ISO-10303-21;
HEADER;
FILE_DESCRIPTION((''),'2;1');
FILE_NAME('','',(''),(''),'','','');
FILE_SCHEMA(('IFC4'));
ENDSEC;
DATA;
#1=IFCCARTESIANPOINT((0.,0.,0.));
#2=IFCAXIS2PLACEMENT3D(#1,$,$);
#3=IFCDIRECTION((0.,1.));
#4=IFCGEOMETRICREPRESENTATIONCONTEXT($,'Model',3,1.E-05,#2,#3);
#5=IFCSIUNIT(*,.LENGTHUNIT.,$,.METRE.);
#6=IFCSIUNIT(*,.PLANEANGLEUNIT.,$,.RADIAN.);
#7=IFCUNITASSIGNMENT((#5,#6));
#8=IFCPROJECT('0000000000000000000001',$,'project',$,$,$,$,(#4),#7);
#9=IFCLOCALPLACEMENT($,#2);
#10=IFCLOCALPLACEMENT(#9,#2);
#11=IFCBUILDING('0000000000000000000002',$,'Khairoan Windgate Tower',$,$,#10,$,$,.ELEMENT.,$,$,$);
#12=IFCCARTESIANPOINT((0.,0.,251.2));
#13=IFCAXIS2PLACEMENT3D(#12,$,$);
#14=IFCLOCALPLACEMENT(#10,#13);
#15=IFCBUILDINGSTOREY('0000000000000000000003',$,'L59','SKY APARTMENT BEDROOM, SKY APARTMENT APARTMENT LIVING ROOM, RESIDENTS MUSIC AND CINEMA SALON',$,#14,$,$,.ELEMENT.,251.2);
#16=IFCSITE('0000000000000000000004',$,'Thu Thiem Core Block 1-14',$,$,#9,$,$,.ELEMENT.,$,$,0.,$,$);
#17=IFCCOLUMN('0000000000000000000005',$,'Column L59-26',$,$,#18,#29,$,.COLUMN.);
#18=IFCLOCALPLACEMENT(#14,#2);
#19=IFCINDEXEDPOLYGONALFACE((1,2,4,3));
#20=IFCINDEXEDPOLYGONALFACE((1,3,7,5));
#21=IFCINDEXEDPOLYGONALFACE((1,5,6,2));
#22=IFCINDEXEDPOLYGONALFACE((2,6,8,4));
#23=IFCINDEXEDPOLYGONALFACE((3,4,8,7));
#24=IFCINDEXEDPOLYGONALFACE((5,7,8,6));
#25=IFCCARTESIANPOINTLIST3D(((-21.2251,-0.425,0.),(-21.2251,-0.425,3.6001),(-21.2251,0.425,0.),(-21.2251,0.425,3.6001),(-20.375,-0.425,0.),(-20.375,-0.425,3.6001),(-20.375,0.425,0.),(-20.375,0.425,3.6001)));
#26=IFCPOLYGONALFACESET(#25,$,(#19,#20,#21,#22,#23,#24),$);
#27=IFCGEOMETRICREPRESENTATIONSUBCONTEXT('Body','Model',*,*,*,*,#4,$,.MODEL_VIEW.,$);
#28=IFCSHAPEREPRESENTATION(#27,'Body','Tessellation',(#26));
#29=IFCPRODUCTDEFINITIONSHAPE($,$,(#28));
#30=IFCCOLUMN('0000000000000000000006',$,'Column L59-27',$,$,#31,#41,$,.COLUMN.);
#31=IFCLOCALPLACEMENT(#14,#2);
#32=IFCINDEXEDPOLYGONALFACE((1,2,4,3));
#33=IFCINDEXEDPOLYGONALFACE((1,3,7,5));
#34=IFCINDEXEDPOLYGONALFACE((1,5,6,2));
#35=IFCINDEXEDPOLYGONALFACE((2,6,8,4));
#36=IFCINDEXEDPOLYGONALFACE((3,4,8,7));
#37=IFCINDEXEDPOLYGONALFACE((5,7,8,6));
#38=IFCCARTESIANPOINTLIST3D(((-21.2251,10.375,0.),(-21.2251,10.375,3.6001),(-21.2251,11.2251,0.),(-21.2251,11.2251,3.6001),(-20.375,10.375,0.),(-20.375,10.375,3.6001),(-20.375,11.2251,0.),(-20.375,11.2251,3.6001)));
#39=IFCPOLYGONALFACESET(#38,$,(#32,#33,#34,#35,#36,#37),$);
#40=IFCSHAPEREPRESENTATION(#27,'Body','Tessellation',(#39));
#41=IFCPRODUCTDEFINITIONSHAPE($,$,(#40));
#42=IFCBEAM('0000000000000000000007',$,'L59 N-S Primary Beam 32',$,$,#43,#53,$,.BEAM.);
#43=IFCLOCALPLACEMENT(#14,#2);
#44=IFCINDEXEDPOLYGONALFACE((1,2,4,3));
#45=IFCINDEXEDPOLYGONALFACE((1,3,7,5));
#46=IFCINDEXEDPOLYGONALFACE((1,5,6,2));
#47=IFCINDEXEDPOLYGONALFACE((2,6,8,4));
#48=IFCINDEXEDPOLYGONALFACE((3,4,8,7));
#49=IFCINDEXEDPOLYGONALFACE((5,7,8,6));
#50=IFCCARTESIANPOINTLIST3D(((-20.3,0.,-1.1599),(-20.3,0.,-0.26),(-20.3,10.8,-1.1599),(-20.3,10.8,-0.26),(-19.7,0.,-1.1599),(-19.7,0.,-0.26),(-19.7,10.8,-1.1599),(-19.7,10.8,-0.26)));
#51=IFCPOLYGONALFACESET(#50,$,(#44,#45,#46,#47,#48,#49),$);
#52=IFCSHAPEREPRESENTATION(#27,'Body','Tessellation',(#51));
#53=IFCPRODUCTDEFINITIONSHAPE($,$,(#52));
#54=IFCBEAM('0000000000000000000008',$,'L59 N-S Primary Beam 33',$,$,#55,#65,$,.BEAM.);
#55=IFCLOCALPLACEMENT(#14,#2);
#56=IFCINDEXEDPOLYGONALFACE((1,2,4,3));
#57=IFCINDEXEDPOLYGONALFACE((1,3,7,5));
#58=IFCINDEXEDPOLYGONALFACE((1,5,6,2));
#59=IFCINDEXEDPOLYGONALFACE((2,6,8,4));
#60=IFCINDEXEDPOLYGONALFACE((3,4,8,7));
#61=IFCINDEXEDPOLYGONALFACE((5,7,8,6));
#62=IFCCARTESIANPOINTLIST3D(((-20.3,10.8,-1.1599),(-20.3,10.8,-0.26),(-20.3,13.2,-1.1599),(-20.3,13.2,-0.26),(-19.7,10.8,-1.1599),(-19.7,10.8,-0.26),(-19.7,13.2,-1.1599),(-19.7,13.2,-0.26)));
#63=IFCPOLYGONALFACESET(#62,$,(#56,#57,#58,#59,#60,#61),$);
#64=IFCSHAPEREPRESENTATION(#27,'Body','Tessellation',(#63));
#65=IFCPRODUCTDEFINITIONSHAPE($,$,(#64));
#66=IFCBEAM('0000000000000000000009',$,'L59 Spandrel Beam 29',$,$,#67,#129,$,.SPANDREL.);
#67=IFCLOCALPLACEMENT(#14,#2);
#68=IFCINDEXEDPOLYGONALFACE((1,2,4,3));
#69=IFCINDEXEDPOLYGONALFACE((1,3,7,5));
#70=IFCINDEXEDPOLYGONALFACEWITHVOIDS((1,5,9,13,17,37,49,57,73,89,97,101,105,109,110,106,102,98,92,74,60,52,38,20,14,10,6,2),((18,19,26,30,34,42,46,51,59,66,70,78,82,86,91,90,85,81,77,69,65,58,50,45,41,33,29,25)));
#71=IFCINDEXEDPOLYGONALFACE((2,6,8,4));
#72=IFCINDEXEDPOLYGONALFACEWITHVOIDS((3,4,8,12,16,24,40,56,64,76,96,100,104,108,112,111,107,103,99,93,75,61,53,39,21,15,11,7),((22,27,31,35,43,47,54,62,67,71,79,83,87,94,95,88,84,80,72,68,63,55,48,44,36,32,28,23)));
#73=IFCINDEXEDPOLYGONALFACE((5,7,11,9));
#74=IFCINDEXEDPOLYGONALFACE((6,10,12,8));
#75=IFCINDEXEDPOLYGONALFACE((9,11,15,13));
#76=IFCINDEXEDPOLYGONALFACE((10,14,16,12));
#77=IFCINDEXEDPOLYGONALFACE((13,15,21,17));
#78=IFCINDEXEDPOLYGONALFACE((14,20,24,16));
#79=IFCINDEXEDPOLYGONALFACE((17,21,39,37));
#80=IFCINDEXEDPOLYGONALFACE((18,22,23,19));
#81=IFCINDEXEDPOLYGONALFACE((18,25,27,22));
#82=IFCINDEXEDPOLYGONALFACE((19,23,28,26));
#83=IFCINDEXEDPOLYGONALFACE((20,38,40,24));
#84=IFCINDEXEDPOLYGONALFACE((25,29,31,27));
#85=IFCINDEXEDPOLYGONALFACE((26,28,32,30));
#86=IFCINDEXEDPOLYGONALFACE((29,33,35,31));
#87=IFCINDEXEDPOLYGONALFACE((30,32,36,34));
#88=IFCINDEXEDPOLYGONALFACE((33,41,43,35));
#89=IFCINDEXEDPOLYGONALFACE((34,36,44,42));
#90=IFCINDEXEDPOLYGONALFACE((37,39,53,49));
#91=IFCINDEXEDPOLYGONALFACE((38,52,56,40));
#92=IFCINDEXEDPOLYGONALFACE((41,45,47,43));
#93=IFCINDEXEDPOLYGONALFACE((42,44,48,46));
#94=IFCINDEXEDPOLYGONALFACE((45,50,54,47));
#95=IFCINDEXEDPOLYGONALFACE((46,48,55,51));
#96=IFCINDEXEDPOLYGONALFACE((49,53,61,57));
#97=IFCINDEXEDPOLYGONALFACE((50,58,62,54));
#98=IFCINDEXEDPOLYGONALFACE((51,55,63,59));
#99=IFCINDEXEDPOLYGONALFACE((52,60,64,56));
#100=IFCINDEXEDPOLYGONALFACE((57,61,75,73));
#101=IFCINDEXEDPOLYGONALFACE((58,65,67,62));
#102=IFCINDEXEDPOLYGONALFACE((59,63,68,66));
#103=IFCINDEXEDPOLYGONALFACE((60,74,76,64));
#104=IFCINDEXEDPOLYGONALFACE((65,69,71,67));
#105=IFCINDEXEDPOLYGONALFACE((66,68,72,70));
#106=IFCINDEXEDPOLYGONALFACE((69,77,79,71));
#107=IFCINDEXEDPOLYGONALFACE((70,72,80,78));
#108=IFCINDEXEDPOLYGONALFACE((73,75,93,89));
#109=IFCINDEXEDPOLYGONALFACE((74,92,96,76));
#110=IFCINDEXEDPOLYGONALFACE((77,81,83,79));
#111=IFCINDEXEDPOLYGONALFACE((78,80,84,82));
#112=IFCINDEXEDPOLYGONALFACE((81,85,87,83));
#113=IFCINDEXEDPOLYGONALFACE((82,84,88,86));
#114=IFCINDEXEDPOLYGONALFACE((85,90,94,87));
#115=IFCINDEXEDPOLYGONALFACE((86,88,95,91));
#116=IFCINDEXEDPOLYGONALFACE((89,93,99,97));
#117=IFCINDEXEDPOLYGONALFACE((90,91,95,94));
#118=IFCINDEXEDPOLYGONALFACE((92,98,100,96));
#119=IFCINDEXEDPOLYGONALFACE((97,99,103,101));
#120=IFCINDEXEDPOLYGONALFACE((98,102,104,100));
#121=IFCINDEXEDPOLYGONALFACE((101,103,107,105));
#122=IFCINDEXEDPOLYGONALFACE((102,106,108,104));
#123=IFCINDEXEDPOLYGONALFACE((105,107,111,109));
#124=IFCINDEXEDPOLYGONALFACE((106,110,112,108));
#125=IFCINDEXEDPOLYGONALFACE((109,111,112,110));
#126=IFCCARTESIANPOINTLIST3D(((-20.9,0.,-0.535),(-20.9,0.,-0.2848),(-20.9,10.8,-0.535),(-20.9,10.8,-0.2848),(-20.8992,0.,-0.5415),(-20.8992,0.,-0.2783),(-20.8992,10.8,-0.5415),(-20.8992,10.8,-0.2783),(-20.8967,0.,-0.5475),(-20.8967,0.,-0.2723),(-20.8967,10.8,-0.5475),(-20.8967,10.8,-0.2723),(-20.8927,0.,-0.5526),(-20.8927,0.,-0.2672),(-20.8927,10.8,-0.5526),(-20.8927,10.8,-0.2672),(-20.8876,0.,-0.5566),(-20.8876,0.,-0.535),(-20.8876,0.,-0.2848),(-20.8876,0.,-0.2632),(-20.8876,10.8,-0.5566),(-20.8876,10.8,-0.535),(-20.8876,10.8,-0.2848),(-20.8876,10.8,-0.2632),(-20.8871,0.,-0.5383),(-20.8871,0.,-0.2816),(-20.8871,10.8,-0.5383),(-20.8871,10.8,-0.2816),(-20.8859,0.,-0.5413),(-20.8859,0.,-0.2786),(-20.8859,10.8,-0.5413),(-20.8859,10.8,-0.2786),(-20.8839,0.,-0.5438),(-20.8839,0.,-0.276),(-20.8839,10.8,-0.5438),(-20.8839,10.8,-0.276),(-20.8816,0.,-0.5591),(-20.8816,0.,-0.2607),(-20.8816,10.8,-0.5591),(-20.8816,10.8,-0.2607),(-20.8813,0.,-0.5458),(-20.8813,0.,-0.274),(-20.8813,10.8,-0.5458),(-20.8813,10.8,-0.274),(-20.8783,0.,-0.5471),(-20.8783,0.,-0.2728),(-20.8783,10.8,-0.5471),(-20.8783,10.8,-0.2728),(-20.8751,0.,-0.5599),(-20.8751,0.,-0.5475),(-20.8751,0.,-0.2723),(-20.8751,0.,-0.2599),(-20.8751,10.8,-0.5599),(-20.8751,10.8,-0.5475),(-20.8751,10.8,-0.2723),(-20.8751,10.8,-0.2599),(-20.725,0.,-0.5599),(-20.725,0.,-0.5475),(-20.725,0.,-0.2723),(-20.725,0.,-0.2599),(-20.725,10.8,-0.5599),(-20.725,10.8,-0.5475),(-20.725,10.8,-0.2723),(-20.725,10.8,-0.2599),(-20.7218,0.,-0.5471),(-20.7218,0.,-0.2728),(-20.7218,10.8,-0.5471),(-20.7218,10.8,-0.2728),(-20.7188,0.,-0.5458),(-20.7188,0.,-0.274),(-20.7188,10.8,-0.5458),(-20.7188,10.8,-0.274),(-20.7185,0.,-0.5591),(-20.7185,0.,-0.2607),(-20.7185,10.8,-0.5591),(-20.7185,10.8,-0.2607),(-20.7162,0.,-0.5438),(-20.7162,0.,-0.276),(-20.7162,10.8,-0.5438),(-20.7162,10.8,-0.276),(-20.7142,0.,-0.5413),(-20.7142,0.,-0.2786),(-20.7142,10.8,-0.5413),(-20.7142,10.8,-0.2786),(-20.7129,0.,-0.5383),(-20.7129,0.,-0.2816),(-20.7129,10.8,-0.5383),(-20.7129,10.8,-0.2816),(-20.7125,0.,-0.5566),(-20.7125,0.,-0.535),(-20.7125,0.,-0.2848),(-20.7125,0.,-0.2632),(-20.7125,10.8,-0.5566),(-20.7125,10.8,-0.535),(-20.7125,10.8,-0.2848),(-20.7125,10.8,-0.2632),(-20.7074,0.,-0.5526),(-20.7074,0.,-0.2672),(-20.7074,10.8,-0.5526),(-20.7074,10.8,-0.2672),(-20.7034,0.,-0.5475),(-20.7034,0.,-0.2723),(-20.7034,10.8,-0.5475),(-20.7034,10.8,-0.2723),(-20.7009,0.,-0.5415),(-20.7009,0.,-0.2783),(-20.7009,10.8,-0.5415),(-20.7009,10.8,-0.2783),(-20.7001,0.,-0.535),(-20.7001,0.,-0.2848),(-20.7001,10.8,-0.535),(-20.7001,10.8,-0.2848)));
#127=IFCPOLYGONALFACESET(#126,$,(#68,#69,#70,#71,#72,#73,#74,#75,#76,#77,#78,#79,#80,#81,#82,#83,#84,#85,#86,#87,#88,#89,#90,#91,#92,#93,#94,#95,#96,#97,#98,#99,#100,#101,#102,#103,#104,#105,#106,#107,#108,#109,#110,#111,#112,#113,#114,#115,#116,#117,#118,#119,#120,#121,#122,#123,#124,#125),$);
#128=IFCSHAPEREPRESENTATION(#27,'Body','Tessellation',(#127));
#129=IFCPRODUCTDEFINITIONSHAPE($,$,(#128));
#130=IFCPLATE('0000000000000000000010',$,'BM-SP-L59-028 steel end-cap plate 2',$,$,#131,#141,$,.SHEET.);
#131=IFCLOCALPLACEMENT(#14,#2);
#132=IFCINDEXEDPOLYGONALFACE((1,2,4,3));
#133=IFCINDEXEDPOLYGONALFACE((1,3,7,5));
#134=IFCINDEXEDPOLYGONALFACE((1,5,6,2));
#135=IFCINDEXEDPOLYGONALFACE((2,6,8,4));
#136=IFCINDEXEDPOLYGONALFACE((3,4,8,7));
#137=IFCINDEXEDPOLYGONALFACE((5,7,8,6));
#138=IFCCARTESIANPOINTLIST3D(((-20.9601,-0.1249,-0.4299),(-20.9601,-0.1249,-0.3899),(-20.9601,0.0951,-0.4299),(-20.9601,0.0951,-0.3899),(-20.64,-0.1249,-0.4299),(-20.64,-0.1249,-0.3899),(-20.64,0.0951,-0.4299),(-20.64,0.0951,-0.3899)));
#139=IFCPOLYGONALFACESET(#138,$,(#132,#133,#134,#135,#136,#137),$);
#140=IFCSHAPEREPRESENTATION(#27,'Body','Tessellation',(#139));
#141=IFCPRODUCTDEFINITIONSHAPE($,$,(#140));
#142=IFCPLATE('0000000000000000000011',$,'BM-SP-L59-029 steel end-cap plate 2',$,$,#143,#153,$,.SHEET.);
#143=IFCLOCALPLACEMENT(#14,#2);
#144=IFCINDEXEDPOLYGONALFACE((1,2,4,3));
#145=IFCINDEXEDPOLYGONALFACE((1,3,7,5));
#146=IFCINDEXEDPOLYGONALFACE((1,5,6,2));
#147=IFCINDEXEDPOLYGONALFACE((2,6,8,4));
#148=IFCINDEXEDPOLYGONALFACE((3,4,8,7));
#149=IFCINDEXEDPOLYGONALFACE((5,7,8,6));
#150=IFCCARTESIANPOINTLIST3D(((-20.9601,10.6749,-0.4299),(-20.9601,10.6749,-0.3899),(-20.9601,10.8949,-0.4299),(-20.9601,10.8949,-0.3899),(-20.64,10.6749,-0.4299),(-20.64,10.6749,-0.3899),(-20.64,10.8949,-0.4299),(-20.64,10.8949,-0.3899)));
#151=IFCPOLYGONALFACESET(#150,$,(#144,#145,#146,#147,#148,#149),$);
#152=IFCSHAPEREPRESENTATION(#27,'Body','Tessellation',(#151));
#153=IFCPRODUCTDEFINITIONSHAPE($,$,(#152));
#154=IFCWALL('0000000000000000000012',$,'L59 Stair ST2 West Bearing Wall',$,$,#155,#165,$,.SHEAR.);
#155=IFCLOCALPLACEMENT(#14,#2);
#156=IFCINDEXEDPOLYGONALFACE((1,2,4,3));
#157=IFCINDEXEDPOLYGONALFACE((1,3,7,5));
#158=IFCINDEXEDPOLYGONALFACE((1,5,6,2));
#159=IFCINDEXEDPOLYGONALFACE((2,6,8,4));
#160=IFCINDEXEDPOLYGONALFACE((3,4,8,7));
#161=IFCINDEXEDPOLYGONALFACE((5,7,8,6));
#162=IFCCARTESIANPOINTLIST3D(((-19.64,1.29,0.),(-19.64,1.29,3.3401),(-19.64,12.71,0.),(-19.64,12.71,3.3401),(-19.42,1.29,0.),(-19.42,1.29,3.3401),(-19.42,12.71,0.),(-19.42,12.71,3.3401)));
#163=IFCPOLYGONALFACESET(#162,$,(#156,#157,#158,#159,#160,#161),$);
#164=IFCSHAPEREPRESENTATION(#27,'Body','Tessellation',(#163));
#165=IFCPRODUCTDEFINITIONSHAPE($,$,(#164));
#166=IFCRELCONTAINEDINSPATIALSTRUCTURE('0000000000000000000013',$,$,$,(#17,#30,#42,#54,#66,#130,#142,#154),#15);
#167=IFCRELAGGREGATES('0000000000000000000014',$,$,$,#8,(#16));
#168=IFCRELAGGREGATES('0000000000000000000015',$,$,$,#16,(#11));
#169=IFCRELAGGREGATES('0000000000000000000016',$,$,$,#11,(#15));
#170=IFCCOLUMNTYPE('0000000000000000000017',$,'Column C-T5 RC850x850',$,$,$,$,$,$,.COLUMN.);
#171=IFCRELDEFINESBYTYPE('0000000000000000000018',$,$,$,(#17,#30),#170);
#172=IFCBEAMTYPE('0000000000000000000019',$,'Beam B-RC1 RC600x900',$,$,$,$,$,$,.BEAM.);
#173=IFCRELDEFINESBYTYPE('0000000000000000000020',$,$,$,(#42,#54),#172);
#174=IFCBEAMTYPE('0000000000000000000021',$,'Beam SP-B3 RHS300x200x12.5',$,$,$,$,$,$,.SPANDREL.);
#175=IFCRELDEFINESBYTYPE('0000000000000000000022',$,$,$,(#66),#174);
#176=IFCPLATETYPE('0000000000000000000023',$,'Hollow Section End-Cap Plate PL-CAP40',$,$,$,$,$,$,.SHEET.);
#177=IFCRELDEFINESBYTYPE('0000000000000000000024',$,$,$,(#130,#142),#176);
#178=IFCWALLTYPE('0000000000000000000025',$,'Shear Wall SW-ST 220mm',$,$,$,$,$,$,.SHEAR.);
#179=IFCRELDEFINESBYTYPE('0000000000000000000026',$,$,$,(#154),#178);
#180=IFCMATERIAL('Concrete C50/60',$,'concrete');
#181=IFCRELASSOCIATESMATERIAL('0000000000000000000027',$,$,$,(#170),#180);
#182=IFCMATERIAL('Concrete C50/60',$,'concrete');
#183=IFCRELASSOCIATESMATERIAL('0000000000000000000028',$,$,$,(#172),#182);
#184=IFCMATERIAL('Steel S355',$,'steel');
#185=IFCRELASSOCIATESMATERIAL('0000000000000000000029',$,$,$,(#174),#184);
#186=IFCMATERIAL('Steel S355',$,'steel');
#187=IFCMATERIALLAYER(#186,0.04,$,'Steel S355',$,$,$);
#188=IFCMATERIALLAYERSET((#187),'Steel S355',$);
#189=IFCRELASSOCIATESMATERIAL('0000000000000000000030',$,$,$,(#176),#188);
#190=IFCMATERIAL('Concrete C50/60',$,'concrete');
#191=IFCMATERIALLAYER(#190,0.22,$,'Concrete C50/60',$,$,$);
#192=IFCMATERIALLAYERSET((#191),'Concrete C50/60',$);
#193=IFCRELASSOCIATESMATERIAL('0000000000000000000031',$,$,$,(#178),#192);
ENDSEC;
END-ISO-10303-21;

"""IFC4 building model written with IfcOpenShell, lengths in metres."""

from ifc_helpers import new_model, si_unit, direction, frame, frame_2d, origin, origin_2d, place, context, subcontext, project, spatial, rectangle, hollow_rectangle, extrude, material, layer, layer_set, material_profile, profile_set, type_object, element, save


model = new_model("IFC4")

# Units and contexts
model_context = context("Model", 3, precision=1e-05, world=origin(), true_north=direction((0.0, 1.0)))
body_context = subcontext(model_context, "Body", "Model", "MODEL_VIEW")
ifc_project = project(units=[si_unit("LENGTHUNIT", "METRE"), si_unit("PLANEANGLEUNIT", "RADIAN")], contexts=[model_context])

# Site, building, storey
site_placement = place(None, origin())
site = spatial("IfcSite", under=ifc_project, at=site_placement, Name="Thu Thiem Core Block 1-14", CompositionType="ELEMENT", RefElevation=0.0)
building_placement = place(site_placement, origin())
building = spatial("IfcBuilding", under=site, at=building_placement, Name="Khairoan Windgate Tower", CompositionType="ELEMENT")
storey_placement = place(building_placement, frame((0.0, 0.0, 251.2)))
storey = spatial("IfcBuildingStorey", under=building, at=storey_placement, Name="L59", Description="SKY APARTMENT BEDROOM, SKY APARTMENT APARTMENT LIVING ROOM, RESIDENTS MUSIC AND CINEMA SALON", CompositionType="ELEMENT", Elevation=251.2)

# Columns
ifc_material_1 = material(Name="Concrete C50/60", Category="concrete")
ifc_material_profile_1 = material_profile(ifc_material_1, rectangle(XDim=0.8501, YDim=0.8501, at=origin_2d()))
ifc_profile_set_1 = profile_set([ifc_material_profile_1], Name="Concrete C50/60")
column_type = type_object("IfcColumnType", Name="Column C-T5 RC850x850", PredefinedType="COLUMN", material=ifc_profile_set_1)
for number, where, z_axis, x_axis, name in (
    (1, (-20.8, 0.0, 0.0), (0.0, 0.0, 1.0), (1.0, 0.0, 0.0), "Column L59-26"),
    (2, (-20.8, 10.8, 0.0), (0.0, 0.0, 1.0), (1.0, 0.0, 0.0), "Column L59-27"),
):
    element("IfcColumn", number, at=place(storey_placement, frame(where, z_axis=z_axis, x_axis=x_axis)), inside=storey, type_object=column_type, Name=name, PredefinedType="COLUMN", context=body_context, shape_type="SweptSolid", body=[
        extrude(rectangle(XDim=0.8501, YDim=0.8501, at=origin_2d()), origin(), (0.0, 0.0, 1.0), 3.6001),
    ])

# Beams
ifc_material_2 = material(Name="Concrete C50/60", Category="concrete")
ifc_material_profile_2 = material_profile(ifc_material_2, rectangle(XDim=0.6001, YDim=0.8999, at=origin_2d()))
ifc_profile_set_2 = profile_set([ifc_material_profile_2], Name="Concrete C50/60")
beam_type_1 = type_object("IfcBeamType", Name="Beam B-RC1 RC600x900", PredefinedType="BEAM", material=ifc_profile_set_2)
beam_1_placement = place(storey_placement, frame((-20.0, 0.0, -0.71), z_axis=(0.0, 1.0, 0.0), x_axis=(-1.0, 0.0, 0.0)))
element("IfcBeam", 3, at=beam_1_placement, inside=storey, type_object=beam_type_1, Name="L59 N-S Primary Beam 32", PredefinedType="BEAM", context=body_context, shape_type="SweptSolid", body=[
    extrude(rectangle(XDim=0.6001, YDim=0.8999, at=origin_2d()), origin(), (0.0, 0.0, 1.0), 10.8),
])
beam_2_placement = place(storey_placement, frame((-20.0, 10.8, -0.71), z_axis=(0.0, 1.0, 0.0), x_axis=(-1.0, 0.0, 0.0)))
element("IfcBeam", 4, at=beam_2_placement, inside=storey, type_object=beam_type_1, Name="L59 N-S Primary Beam 33", PredefinedType="BEAM", context=body_context, shape_type="SweptSolid", body=[
    extrude(rectangle(XDim=0.6001, YDim=0.8999, at=origin_2d()), origin(), (0.0, 0.0, 1.0), 2.3999),
])
ifc_material_3 = material(Name="Steel S355", Category="steel")
ifc_material_profile_3 = material_profile(ifc_material_3, hollow_rectangle(XDim=0.2, YDim=0.3, WallThickness=0.0125, InnerFilletRadius=0.0125, OuterFilletRadius=0.0249, at=origin_2d()))
ifc_profile_set_3 = profile_set([ifc_material_profile_3], Name="Steel S355")
beam_type_2 = type_object("IfcBeamType", Name="Beam SP-B3 RHS300x200x12.5", PredefinedType="SPANDREL", material=ifc_profile_set_3)
beam_3_placement = place(storey_placement, frame((-20.8, 0.0, -0.4099), z_axis=(0.0, 1.0, 0.0), x_axis=(-1.0, 0.0, 0.0)))
element("IfcBeam", 5, at=beam_3_placement, inside=storey, type_object=beam_type_2, Name="L59 Spandrel Beam 29", PredefinedType="SPANDREL", context=body_context, shape_type="SweptSolid", body=[
    extrude(hollow_rectangle(XDim=0.2, YDim=0.3, WallThickness=0.0125, InnerFilletRadius=0.0125, OuterFilletRadius=0.0249, at=origin_2d()), origin(), (0.0, 0.0, 1.0), 10.8),
])

# Plates
ifc_material_4 = material(Name="Steel S355", Category="steel")
ifc_layer_1 = layer(ifc_material_4, 0.04, Name="Steel S355")
ifc_layer_set_1 = layer_set([ifc_layer_1], Name="Steel S355")
plate_type = type_object("IfcPlateType", Name="Hollow Section End-Cap Plate PL-CAP40", PredefinedType="SHEET", material=ifc_layer_set_1)
for number, where, z_axis, x_axis, name in (
    (6, (-20.8, -0.0149, -0.4299), (0.0, 0.0, 1.0), (0.0, 1.0, 0.0), "BM-SP-L59-028 steel end-cap plate 2"),
    (7, (-20.8, 10.7849, -0.4299), (0.0, 0.0, 1.0), (0.0, 1.0, 0.0), "BM-SP-L59-029 steel end-cap plate 2"),
):
    element("IfcPlate", number, at=place(storey_placement, frame(where, z_axis=z_axis, x_axis=x_axis)), inside=storey, type_object=plate_type, Name=name, PredefinedType="SHEET", context=body_context, shape_type="SweptSolid", body=[
        extrude(rectangle(XDim=0.22, YDim=0.3201, at=origin_2d()), origin(), (0.0, 0.0, 1.0), 0.04),
    ])

# Wall
ifc_material_5 = material(Name="Concrete C50/60", Category="concrete")
ifc_layer_2 = layer(ifc_material_5, 0.22, Name="Concrete C50/60")
ifc_layer_set_2 = layer_set([ifc_layer_2], Name="Concrete C50/60")
wall_type = type_object("IfcWallType", Name="Shear Wall SW-ST 220mm", PredefinedType="SHEAR", material=ifc_layer_set_2)
wall_1_placement = place(storey_placement, frame((-19.53, 1.29, 0.0), z_axis=(0.0, 0.0, 1.0), x_axis=(0.0, 1.0, 0.0)))
element("IfcWall", 8, at=wall_1_placement, inside=storey, type_object=wall_type, Name="L59 Stair ST2 West Bearing Wall", PredefinedType="SHEAR", context=body_context, shape_type="SweptSolid", body=[
    extrude(rectangle(XDim=11.4199, YDim=0.22, at=frame_2d((5.71, 0.0))), origin(), (0.0, 0.0, 1.0), 3.3401),
])

save(model, "model.ifc")
